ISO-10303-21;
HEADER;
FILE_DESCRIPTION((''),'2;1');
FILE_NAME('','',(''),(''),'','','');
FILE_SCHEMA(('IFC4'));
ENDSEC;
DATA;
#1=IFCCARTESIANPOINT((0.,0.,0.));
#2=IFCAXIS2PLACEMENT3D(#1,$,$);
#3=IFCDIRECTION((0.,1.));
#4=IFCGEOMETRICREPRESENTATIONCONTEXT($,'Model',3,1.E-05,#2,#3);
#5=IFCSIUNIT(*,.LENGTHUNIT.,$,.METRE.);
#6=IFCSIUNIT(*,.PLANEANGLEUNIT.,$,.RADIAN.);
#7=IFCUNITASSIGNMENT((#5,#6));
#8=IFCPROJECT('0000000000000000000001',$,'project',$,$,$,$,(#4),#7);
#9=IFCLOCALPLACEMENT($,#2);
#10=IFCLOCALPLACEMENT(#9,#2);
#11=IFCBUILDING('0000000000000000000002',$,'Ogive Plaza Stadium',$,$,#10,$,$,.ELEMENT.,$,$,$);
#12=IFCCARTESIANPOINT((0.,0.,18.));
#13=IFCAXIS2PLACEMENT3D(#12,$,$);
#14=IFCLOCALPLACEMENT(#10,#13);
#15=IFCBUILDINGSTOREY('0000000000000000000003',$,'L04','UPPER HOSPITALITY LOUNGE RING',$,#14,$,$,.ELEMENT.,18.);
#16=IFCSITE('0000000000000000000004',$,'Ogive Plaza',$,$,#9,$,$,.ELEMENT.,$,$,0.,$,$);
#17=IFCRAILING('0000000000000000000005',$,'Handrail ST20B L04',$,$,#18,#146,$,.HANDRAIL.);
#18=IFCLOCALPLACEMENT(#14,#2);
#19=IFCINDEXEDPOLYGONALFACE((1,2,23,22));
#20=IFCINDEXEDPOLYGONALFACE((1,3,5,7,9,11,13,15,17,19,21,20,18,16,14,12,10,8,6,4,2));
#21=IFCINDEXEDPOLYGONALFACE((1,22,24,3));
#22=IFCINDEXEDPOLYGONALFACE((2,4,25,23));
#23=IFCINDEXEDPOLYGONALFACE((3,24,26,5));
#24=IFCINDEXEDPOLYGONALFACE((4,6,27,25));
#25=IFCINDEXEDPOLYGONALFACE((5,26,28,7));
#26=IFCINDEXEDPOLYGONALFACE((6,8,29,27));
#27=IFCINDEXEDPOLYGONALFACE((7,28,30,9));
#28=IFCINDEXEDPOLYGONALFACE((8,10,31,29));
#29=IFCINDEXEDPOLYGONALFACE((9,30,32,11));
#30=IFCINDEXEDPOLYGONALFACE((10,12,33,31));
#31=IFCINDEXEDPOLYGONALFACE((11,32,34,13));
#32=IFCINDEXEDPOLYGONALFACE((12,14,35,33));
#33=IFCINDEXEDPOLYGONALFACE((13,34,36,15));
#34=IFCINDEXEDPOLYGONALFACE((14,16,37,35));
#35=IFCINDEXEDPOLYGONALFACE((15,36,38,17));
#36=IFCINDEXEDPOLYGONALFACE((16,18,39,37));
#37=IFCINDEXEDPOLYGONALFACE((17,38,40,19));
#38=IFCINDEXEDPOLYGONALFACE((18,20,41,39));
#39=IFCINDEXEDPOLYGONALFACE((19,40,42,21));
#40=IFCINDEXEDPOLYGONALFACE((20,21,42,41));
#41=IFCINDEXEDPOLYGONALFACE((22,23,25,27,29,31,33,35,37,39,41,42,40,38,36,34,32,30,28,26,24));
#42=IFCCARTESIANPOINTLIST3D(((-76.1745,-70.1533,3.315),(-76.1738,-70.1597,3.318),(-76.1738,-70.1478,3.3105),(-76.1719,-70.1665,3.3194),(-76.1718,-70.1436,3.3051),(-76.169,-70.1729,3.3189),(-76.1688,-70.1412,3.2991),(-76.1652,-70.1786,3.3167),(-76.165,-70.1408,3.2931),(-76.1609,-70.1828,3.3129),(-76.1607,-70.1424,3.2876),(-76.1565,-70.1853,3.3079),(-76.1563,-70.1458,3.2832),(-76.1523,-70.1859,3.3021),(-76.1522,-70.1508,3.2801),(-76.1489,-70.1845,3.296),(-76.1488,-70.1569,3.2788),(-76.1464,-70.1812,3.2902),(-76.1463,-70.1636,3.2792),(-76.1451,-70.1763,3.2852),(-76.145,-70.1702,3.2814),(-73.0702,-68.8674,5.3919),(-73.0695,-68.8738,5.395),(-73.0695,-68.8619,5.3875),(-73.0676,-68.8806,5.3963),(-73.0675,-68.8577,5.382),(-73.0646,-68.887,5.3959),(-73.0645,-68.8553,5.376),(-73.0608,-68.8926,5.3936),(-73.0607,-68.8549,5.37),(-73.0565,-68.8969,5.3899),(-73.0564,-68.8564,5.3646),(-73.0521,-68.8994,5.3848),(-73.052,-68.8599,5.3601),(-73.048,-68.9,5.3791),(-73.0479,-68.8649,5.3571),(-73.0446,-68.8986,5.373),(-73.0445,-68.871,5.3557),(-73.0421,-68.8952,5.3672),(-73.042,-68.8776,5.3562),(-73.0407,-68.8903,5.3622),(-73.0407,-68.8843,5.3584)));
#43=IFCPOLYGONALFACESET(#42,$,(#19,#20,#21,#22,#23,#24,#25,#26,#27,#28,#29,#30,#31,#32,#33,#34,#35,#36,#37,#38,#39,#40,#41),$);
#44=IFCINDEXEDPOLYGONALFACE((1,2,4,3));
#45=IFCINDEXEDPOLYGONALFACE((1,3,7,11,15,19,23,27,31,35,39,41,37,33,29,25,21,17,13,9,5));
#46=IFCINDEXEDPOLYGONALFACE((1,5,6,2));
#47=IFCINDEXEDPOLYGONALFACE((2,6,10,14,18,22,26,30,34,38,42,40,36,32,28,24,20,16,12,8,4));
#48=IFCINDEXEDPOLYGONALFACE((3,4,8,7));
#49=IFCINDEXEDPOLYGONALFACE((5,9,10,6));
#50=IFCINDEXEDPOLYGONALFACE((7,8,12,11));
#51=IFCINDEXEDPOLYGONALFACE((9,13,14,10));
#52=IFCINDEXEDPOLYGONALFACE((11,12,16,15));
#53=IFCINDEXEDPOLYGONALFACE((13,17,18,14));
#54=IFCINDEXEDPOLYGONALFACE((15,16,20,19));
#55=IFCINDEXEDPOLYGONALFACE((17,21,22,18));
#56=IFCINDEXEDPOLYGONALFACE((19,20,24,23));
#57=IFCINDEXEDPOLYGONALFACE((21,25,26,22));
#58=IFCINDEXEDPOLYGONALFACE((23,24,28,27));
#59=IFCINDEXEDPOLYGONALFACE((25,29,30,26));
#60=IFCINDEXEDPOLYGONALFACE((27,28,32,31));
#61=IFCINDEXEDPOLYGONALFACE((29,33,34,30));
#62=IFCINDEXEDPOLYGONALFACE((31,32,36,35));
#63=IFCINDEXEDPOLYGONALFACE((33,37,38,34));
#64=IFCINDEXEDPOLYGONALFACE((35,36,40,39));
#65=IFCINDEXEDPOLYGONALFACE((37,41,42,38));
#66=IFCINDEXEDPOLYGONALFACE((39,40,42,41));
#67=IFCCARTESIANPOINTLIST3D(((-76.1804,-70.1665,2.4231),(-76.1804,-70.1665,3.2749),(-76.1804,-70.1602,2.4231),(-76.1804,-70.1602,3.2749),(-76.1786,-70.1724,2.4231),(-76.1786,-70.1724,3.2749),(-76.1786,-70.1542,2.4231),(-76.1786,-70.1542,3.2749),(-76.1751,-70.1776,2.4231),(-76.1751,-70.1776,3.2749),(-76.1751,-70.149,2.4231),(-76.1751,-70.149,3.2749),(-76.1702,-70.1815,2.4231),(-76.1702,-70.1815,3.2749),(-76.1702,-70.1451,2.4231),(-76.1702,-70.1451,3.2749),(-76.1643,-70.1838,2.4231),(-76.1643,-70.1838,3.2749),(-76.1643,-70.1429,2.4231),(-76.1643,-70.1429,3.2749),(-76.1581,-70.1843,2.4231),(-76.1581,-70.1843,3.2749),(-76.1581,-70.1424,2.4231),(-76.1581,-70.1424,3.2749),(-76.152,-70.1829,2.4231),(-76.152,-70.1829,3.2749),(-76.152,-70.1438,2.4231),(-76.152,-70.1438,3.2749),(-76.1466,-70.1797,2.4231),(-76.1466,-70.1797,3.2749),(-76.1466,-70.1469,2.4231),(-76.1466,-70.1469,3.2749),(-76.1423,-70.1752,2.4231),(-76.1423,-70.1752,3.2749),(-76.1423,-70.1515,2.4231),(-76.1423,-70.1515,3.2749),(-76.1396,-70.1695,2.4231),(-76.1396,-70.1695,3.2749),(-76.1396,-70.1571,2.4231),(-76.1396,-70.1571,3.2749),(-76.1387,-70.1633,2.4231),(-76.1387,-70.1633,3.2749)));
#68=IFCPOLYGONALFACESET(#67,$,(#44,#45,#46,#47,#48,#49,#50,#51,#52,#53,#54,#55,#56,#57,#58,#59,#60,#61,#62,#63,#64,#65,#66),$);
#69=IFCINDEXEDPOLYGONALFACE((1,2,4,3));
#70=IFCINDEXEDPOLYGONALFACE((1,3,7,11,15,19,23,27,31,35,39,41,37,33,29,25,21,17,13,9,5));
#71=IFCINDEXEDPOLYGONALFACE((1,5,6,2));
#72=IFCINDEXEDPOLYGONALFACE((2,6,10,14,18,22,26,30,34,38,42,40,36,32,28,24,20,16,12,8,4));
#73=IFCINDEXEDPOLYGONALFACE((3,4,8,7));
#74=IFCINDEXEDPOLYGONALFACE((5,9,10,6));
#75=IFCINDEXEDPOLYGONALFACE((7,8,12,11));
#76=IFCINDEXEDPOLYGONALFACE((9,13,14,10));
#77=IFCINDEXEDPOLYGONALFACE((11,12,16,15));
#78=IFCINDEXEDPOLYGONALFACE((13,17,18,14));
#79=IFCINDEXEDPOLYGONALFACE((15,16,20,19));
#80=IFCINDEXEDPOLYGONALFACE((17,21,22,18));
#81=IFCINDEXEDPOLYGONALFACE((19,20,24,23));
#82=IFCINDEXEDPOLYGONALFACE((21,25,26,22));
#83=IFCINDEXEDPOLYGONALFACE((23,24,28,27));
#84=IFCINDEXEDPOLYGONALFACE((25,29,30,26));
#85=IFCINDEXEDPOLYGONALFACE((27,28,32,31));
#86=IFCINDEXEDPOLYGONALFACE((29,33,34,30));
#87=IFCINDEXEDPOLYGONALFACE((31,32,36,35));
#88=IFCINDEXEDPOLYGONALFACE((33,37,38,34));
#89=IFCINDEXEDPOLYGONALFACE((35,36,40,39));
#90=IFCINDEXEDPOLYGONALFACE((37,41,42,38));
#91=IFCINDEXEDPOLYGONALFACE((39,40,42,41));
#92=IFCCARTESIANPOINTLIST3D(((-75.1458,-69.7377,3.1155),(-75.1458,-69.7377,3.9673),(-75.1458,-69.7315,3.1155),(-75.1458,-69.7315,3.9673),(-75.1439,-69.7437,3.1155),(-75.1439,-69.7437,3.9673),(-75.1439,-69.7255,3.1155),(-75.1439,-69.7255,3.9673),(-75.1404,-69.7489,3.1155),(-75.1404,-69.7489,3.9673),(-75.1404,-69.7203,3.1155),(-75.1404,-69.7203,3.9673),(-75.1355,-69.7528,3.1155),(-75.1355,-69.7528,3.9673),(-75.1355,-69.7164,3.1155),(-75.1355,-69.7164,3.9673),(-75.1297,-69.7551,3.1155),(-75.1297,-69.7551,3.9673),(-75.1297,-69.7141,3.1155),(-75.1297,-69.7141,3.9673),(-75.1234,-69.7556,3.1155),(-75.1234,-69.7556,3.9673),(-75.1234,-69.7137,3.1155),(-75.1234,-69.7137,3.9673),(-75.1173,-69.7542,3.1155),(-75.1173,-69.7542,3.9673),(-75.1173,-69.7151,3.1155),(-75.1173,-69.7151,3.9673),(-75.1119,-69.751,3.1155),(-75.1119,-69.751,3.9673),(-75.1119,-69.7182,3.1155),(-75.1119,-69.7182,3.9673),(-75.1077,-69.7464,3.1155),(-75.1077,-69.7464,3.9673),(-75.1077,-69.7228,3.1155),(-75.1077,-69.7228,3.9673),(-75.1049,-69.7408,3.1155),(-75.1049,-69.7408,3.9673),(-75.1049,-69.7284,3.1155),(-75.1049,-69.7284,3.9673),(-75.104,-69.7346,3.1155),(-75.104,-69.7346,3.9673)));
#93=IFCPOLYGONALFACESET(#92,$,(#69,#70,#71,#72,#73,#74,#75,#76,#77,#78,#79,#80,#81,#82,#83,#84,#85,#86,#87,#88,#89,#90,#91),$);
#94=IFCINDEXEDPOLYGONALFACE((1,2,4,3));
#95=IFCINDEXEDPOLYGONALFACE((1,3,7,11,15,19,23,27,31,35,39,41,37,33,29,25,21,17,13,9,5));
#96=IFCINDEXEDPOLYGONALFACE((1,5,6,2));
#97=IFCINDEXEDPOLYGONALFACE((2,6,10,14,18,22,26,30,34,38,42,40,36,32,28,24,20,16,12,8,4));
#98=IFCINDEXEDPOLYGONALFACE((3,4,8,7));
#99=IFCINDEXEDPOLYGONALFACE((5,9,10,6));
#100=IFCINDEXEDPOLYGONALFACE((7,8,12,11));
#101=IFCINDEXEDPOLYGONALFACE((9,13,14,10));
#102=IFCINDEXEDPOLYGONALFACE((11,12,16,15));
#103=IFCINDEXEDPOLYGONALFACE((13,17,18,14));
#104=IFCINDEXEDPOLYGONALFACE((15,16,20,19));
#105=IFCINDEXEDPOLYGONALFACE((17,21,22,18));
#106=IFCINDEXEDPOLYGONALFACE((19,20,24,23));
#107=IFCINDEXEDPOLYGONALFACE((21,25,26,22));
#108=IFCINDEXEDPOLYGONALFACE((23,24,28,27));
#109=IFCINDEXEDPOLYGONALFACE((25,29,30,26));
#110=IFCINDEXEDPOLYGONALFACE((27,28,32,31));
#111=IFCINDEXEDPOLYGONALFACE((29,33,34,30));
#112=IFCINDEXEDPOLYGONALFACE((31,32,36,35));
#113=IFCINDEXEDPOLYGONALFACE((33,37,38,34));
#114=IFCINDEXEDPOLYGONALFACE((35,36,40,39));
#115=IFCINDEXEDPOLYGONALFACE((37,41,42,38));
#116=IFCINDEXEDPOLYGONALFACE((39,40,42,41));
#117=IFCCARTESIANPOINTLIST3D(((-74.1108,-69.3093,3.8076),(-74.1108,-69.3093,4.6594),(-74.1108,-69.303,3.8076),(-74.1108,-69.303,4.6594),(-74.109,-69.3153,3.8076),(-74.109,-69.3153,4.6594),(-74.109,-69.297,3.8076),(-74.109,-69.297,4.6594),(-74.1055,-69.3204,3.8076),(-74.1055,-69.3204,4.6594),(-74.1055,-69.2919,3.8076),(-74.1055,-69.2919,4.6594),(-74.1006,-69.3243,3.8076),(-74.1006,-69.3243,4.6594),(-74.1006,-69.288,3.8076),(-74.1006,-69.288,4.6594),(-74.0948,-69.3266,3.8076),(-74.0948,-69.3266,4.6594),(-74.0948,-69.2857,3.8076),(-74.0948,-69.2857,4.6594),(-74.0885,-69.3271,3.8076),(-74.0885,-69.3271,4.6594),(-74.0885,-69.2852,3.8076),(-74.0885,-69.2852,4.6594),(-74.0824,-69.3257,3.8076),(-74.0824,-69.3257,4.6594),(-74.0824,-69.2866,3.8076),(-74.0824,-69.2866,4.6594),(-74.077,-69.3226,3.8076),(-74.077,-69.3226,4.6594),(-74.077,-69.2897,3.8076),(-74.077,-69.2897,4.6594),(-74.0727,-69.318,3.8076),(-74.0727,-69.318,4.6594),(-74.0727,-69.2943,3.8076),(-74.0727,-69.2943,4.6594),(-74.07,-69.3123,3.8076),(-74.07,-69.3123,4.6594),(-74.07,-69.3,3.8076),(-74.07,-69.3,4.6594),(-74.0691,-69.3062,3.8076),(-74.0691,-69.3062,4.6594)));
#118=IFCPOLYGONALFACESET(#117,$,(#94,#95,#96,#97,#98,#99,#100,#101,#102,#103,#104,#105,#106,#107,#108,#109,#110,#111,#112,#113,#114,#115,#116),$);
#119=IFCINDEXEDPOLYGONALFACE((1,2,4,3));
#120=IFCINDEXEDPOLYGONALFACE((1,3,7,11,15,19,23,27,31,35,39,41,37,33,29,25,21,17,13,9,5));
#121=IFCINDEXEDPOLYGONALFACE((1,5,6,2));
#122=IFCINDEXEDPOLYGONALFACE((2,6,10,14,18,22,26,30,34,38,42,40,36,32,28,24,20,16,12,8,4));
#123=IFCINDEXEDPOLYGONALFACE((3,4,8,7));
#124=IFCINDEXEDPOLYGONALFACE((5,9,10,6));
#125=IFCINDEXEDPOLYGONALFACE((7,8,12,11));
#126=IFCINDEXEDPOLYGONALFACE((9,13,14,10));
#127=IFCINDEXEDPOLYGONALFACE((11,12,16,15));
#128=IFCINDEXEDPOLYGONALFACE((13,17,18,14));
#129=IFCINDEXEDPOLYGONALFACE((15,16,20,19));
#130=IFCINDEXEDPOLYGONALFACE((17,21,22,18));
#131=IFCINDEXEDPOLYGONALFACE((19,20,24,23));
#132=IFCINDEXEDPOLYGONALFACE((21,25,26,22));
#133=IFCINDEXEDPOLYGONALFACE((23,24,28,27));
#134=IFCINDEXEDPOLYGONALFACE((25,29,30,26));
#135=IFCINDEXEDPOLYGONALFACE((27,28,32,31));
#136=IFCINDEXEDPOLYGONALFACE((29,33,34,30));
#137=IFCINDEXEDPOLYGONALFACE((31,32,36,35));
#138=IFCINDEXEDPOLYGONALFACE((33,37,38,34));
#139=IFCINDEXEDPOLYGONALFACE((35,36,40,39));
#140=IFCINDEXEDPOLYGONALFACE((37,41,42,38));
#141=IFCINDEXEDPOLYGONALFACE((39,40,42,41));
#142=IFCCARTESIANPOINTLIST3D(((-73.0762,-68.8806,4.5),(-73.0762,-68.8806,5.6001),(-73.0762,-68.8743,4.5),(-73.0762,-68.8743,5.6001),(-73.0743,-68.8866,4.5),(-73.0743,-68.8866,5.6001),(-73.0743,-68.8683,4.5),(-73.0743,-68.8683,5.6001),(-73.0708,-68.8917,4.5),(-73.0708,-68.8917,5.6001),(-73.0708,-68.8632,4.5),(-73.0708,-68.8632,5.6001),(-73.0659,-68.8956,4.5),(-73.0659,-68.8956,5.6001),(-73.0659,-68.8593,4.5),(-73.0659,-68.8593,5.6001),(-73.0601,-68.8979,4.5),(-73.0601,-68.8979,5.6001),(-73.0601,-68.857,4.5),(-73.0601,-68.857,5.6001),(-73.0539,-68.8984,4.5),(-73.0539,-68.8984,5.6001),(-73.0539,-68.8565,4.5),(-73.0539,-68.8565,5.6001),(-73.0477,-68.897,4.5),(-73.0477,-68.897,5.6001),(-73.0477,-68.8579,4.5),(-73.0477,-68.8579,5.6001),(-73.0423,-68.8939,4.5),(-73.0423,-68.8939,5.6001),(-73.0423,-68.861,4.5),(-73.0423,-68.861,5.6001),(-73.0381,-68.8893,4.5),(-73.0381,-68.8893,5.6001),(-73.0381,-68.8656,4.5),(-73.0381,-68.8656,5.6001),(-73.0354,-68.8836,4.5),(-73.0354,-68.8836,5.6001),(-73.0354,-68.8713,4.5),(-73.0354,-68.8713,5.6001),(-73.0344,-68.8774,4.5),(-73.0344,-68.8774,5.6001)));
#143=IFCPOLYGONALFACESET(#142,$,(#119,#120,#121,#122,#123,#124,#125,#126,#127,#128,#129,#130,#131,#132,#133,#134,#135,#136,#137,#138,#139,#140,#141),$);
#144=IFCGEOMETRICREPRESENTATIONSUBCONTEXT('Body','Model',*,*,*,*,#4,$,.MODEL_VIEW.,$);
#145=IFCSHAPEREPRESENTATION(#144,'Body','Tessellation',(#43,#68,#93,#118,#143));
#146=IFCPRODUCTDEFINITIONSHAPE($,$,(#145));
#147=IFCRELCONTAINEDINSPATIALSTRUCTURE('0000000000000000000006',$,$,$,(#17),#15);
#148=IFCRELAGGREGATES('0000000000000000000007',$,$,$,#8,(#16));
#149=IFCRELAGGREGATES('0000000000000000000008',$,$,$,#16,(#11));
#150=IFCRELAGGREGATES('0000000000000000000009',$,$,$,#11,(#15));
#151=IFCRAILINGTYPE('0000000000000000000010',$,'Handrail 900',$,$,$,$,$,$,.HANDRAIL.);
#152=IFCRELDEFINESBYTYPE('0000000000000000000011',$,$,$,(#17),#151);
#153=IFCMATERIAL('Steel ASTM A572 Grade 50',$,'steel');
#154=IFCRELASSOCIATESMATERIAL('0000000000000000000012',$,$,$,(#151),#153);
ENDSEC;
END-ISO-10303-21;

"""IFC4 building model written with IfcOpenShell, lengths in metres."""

from ifc_helpers import new_model, si_unit, direction, frame, origin, origin_2d, place, context, subcontext, project, spatial, circle, extrude, material, type_object, element, save


model = new_model("IFC4")

# Units and contexts
model_context = context("Model", 3, precision=1e-05, world=origin(), true_north=direction((0.0, 1.0)))
body_context = subcontext(model_context, "Body", "Model", "MODEL_VIEW")
ifc_project = project(units=[si_unit("LENGTHUNIT", "METRE"), si_unit("PLANEANGLEUNIT", "RADIAN")], contexts=[model_context])

# Site, building, storey
site_placement = place(None, origin())
site = spatial("IfcSite", under=ifc_project, at=site_placement, Name="Ogive Plaza", CompositionType="ELEMENT", RefElevation=0.0)
building_placement = place(site_placement, origin())
building = spatial("IfcBuilding", under=site, at=building_placement, Name="Ogive Plaza Stadium", CompositionType="ELEMENT")
storey_placement = place(building_placement, frame((0.0, 0.0, 18.0)))
storey = spatial("IfcBuildingStorey", under=building, at=storey_placement, Name="L04", Description="UPPER HOSPITALITY LOUNGE RING", CompositionType="ELEMENT", Elevation=18.0)

# Railing
ifc_material_1 = material(Name="Steel ASTM A572 Grade 50", Category="steel")
railing_type_1 = type_object("IfcRailingType", Name="Handrail 900", PredefinedType="HANDRAIL", material=ifc_material_1)
for number, where, name in (
    (1, (-76.1597, -70.1633, 2.4231), "Handrail ST20B L04"),
):
    element("IfcRailing", number, at=place(storey_placement, frame(where)), inside=storey, type_object=railing_type_1, Name=name, PredefinedType="HANDRAIL", context=body_context, shape_type="SweptSolid", body=[
        extrude(circle(Radius=0.0239, at=origin_2d()), frame((0.0, 0.0, 0.876), z_axis=(0.785863, 0.325532, 0.525783), x_axis=(-0.3827, 0.923872, 0.0)), (0.0, 0.0, 1.0), 3.9502),
        extrude(circle(Radius=0.021, at=origin_2d()), origin(), (0.0, 0.0, 1.0), 0.8518),
        extrude(circle(Radius=0.021, at=origin_2d()), frame((1.0347, 0.4287, 0.6924)), (0.0, 0.0, 1.0), 0.8518),
        extrude(circle(Radius=0.021, at=origin_2d()), frame((2.0696, 0.8572, 1.3845)), (0.0, 0.0, 1.0), 0.8518),
        extrude(circle(Radius=0.021, at=origin_2d()), frame((3.1042, 1.2859, 2.0769)), (0.0, 0.0, 1.0), 1.1001),
    ])

save(model, "model.ifc")
